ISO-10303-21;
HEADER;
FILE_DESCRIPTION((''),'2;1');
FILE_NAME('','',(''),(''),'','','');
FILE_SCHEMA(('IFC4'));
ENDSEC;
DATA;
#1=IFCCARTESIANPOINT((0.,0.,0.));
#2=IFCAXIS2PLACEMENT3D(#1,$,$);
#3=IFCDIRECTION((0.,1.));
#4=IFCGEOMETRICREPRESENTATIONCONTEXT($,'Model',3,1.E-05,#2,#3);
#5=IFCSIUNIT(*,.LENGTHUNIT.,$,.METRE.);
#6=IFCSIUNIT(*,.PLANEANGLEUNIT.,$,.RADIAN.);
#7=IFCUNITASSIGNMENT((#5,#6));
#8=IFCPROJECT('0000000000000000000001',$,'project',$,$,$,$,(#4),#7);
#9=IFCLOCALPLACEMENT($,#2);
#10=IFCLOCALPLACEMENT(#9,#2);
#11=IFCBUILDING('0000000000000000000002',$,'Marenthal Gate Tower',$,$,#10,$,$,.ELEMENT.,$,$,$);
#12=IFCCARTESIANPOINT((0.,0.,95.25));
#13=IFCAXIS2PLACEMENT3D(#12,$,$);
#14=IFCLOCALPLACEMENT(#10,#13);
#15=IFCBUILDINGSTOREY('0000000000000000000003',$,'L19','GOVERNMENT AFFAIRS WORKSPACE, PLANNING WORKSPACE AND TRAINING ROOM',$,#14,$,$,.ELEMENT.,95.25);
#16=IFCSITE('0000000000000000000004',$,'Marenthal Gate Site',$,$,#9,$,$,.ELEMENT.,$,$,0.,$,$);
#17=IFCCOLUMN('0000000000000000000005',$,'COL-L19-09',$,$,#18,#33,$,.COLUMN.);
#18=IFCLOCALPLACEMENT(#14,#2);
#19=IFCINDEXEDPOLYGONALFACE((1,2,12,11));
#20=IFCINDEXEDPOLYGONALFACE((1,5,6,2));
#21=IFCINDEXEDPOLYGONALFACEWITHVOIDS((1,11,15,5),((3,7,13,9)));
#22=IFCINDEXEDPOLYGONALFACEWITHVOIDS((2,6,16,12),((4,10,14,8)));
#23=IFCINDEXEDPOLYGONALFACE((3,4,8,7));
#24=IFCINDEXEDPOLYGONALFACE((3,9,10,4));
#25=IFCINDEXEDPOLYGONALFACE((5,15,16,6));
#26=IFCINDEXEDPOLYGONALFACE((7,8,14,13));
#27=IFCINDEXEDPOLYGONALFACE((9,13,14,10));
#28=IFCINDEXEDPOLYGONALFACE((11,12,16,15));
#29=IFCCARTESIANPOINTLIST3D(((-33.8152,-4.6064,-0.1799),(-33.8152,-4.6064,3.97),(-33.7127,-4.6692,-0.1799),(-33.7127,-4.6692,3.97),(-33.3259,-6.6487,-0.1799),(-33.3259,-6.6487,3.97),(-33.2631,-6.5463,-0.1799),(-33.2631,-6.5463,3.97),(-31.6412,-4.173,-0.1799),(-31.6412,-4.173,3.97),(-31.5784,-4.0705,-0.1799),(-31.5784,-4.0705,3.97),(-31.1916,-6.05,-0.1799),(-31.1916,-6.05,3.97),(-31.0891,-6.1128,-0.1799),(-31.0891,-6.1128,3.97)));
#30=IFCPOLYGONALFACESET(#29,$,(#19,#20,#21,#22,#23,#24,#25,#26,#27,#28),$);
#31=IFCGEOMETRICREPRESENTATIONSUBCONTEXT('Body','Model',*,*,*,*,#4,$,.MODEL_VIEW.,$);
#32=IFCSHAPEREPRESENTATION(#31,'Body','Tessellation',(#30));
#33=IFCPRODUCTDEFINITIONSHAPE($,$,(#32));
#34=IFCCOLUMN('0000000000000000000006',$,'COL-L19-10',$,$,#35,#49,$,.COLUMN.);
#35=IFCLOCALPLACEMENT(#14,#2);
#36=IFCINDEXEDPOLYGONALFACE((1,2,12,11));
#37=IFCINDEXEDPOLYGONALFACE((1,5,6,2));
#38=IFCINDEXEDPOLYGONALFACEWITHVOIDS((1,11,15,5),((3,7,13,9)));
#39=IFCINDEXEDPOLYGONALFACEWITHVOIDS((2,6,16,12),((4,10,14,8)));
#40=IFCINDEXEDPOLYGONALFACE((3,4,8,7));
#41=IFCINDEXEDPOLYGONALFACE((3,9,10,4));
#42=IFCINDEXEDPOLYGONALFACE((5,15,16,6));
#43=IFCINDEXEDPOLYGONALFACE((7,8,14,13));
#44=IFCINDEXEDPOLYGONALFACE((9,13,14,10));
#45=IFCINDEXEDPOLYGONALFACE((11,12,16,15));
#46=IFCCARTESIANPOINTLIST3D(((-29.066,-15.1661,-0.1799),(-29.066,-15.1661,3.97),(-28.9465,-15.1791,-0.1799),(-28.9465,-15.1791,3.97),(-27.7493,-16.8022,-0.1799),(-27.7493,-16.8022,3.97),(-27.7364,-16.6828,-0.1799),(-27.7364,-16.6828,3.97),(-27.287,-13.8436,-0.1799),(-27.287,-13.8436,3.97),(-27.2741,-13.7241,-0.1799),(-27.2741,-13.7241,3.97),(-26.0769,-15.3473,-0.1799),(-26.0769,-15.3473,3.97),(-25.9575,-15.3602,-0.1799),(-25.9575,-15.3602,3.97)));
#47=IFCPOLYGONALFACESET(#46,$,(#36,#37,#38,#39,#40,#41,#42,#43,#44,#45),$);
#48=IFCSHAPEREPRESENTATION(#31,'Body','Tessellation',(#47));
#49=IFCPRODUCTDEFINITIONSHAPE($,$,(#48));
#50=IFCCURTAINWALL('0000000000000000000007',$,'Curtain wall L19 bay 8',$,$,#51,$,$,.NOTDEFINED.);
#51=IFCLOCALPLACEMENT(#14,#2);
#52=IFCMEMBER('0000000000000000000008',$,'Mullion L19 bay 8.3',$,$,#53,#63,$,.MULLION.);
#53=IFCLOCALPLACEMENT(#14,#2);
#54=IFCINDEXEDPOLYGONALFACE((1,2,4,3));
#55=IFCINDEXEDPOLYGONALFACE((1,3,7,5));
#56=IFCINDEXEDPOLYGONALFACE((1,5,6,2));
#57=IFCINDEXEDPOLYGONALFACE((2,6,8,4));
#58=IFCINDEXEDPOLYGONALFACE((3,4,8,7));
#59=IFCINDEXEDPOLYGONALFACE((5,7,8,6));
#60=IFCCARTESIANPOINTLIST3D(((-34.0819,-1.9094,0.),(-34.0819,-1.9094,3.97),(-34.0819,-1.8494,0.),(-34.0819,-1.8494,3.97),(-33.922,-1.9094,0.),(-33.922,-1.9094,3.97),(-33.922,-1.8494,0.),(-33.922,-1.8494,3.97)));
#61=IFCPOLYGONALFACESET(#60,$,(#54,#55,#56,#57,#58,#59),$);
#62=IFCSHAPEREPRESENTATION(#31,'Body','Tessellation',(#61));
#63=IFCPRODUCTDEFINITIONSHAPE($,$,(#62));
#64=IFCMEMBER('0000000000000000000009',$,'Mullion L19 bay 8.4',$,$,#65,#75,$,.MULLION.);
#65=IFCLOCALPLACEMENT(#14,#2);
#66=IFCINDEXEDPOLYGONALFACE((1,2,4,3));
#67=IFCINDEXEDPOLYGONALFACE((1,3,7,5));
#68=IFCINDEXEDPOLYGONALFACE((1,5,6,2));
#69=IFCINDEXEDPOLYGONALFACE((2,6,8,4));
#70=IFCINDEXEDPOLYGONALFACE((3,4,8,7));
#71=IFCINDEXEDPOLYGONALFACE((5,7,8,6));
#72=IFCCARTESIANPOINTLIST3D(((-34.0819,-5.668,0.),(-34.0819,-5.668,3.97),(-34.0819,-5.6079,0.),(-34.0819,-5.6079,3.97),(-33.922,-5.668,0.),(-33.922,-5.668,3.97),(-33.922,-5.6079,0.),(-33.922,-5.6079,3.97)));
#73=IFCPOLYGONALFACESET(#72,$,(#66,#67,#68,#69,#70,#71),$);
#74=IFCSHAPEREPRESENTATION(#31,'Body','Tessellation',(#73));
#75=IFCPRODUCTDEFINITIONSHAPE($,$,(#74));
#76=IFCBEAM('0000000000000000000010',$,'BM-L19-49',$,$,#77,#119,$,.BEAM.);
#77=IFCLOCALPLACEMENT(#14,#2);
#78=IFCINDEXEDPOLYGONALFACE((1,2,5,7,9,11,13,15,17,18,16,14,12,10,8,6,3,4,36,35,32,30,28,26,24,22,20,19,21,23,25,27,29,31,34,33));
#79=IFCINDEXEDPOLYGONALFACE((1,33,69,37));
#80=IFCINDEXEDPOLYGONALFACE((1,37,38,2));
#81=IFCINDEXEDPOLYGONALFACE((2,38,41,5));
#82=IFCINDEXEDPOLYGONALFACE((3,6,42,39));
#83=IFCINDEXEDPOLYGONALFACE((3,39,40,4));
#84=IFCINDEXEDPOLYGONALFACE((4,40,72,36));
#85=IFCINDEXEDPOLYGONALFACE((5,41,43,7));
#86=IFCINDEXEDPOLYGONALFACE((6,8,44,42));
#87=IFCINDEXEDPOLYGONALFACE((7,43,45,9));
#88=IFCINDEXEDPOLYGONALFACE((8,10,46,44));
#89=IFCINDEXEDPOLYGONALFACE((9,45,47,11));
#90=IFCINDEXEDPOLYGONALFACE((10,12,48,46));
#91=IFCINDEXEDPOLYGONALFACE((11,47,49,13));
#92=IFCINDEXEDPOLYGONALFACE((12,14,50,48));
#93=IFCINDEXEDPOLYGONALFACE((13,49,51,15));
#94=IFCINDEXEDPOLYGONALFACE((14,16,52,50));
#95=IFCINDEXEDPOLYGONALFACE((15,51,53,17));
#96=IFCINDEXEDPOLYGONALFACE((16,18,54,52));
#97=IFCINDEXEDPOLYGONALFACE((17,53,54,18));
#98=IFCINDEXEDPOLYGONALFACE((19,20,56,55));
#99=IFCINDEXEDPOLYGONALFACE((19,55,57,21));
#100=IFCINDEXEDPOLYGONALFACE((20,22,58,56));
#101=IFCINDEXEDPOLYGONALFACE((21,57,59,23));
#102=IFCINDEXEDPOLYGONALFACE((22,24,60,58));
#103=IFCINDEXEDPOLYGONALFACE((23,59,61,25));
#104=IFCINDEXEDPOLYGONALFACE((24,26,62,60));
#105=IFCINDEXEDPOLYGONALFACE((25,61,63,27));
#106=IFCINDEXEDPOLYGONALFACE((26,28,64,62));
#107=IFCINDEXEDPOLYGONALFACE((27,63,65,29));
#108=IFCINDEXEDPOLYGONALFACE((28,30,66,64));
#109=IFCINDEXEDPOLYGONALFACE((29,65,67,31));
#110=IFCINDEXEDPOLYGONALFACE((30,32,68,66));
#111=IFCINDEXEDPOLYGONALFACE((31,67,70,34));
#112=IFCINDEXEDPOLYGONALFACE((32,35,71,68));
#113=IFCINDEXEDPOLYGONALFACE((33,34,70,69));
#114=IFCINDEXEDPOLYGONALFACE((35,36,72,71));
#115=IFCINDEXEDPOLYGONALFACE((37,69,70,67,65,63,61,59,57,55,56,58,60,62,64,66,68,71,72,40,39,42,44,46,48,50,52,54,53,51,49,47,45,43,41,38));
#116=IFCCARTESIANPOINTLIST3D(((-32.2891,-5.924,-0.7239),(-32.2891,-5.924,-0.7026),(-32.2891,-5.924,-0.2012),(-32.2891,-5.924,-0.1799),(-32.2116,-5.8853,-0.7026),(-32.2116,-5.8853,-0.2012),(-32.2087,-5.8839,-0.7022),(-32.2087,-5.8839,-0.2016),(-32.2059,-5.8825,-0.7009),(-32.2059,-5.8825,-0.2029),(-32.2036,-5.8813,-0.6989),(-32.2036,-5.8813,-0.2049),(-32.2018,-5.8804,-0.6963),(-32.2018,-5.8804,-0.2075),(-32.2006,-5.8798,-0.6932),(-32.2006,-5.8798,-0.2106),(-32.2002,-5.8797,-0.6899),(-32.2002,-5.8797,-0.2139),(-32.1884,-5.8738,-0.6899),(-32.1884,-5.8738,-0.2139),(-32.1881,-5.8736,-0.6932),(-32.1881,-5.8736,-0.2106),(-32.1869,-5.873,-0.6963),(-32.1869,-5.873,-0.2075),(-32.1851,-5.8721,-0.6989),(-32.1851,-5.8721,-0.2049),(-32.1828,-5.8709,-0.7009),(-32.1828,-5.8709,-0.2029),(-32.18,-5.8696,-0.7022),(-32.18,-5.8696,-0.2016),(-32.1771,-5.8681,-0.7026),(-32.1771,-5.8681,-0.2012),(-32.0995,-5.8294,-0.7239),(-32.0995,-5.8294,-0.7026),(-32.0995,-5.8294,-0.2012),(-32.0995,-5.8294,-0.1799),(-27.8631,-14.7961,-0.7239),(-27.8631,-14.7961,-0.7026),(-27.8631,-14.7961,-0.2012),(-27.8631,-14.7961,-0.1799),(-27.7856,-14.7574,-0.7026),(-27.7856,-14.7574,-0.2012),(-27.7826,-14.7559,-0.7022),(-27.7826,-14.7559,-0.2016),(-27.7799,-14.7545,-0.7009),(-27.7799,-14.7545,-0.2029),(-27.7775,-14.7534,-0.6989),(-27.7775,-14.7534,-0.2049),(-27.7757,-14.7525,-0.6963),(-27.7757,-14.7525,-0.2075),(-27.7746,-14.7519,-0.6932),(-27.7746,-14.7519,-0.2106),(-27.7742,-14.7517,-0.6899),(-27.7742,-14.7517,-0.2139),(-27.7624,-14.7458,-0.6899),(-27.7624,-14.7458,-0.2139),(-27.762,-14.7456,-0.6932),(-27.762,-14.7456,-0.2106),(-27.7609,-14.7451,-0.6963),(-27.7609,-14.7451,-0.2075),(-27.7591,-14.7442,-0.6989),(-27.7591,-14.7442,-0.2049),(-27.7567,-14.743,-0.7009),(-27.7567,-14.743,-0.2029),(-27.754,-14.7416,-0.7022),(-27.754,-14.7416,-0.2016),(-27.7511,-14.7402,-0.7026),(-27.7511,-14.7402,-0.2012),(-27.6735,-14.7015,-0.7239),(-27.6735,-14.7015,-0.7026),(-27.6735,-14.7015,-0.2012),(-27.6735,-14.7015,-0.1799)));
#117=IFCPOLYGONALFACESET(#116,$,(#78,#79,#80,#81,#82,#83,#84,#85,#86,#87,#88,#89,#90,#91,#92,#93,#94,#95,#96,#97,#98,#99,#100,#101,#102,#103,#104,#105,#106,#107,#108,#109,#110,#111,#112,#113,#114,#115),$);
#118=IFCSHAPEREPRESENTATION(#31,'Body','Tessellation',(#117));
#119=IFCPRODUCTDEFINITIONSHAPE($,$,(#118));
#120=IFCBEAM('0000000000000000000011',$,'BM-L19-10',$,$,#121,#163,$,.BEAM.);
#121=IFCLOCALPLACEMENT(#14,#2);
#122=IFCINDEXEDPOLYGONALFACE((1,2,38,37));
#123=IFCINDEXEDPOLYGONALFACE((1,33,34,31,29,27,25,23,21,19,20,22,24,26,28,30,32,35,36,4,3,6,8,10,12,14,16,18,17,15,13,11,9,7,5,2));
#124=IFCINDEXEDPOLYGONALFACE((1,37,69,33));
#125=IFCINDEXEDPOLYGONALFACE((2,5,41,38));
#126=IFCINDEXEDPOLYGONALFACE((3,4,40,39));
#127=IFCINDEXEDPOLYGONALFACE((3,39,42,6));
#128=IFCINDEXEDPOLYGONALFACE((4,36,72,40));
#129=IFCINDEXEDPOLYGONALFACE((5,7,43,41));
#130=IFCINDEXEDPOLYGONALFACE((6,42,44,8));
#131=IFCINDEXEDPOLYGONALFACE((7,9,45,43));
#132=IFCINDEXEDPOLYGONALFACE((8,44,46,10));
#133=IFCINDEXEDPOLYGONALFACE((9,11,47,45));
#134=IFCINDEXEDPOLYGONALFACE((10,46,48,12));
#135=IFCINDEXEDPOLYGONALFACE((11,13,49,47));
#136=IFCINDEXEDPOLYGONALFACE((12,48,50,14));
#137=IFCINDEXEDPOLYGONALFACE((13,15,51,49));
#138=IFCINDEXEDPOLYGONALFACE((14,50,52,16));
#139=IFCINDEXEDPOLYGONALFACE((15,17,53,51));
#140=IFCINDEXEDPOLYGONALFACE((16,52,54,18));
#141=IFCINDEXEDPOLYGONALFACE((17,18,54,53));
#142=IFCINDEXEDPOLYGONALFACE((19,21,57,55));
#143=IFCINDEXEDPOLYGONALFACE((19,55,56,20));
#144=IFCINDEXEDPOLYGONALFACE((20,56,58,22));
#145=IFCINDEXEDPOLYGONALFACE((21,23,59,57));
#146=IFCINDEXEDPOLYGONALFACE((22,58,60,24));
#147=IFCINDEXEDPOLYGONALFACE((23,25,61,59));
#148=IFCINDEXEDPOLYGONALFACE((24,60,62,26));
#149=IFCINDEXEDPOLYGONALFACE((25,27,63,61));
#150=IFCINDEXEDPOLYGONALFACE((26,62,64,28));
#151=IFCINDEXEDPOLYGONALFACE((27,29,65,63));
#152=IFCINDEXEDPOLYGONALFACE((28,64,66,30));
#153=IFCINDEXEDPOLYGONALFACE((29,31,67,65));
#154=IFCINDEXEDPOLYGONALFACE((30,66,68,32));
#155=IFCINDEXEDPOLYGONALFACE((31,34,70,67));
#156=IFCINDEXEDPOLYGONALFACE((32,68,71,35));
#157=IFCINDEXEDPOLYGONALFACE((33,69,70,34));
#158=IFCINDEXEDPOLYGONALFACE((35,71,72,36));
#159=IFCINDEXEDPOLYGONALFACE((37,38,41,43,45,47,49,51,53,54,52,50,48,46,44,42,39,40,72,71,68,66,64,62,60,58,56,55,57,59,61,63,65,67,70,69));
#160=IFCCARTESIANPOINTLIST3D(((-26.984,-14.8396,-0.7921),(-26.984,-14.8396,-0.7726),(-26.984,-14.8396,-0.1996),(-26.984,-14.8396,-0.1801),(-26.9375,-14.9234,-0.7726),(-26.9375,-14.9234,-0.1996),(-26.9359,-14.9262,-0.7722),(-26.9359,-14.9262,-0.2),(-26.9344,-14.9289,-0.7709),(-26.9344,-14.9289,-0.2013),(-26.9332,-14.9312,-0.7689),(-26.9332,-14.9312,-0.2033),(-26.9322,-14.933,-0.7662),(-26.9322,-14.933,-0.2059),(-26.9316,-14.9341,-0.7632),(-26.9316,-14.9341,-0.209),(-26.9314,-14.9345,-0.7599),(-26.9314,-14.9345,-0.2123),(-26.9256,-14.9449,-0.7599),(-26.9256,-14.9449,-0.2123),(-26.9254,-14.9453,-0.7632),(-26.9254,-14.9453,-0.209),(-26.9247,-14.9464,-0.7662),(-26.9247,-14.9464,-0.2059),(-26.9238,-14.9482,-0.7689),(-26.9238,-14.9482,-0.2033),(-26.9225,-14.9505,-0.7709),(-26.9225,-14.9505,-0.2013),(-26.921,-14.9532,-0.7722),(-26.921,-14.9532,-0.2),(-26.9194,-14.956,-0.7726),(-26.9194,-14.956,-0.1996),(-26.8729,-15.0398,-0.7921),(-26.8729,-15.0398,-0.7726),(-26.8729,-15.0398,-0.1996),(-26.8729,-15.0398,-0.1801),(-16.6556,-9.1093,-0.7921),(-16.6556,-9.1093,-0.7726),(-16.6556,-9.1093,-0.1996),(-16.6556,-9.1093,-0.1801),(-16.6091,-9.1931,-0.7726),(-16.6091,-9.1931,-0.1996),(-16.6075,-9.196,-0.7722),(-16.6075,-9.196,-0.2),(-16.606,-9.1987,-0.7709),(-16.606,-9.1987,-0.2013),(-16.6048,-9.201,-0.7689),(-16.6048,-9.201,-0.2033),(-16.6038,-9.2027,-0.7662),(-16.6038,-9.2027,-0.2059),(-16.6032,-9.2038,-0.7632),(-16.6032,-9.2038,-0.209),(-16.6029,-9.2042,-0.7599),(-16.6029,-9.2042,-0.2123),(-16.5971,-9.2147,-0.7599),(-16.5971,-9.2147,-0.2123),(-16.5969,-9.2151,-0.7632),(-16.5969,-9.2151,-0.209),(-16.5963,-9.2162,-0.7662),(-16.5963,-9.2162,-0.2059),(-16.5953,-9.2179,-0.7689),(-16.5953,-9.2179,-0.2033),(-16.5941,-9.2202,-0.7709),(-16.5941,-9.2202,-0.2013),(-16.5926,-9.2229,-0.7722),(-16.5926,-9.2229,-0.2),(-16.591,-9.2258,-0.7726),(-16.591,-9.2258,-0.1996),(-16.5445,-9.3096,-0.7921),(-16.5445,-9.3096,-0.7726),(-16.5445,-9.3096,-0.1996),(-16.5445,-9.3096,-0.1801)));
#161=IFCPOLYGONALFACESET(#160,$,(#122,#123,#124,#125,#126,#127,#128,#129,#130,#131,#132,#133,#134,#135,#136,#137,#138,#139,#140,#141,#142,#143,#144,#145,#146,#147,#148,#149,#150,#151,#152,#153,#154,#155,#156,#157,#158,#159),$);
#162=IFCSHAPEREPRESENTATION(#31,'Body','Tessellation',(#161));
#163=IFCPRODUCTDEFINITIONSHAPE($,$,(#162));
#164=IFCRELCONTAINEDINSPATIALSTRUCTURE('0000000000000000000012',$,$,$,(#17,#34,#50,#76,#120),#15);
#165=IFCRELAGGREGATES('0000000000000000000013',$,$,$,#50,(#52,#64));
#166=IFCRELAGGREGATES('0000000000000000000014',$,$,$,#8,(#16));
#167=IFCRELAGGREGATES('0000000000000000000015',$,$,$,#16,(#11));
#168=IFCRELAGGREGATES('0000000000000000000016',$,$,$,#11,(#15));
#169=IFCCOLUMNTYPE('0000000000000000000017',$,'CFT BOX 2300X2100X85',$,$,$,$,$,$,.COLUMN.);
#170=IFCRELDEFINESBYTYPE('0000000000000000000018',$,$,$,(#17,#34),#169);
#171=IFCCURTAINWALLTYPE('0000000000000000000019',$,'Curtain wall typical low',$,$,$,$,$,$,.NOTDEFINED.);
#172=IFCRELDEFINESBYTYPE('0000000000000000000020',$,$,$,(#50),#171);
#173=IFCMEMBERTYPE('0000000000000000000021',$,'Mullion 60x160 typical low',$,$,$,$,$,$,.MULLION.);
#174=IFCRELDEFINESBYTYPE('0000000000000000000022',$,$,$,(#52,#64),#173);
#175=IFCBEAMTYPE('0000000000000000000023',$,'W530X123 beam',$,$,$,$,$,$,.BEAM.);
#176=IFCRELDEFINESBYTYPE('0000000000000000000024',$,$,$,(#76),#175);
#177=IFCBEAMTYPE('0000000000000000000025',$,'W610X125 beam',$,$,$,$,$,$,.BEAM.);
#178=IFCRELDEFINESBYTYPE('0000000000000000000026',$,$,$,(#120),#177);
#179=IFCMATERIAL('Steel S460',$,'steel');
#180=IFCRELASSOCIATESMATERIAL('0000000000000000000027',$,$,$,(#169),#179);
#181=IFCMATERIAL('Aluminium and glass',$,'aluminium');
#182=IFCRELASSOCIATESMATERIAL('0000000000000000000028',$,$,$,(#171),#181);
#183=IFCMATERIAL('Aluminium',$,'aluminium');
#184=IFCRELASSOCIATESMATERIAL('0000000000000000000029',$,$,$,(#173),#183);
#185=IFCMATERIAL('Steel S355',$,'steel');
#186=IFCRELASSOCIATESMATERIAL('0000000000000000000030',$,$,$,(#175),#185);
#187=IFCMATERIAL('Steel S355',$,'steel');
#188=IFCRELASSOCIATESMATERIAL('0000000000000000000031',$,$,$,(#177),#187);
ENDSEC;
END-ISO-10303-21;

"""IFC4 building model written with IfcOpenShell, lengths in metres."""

from ifc_helpers import new_model, si_unit, direction, frame, origin, origin_2d, place, context, subcontext, project, spatial, rectangle, hollow_rectangle, i_section, extrude, material, material_profile, profile_set, type_object, element, aggregate, save


model = new_model("IFC4")

# Units and contexts
model_context = context("Model", 3, precision=1e-05, world=origin(), true_north=direction((0.0, 1.0)))
body_context = subcontext(model_context, "Body", "Model", "MODEL_VIEW")
ifc_project = project(units=[si_unit("LENGTHUNIT", "METRE"), si_unit("PLANEANGLEUNIT", "RADIAN")], contexts=[model_context])

# Site, building, storey
site_placement = place(None, origin())
site = spatial("IfcSite", under=ifc_project, at=site_placement, Name="Marenthal Gate Site", CompositionType="ELEMENT", RefElevation=0.0)
building_placement = place(site_placement, origin())
building = spatial("IfcBuilding", under=site, at=building_placement, Name="Marenthal Gate Tower", CompositionType="ELEMENT")
storey_placement = place(building_placement, frame((0.0, 0.0, 95.25)))
storey = spatial("IfcBuildingStorey", under=building, at=storey_placement, Name="L19", Description="GOVERNMENT AFFAIRS WORKSPACE, PLANNING WORKSPACE AND TRAINING ROOM", CompositionType="ELEMENT", Elevation=95.25)

# Columns
ifc_material_1 = material(Name="Steel S460", Category="steel")
ifc_material_profile_1 = material_profile(ifc_material_1, hollow_rectangle(XDim=2.1001, YDim=2.3, WallThickness=0.085, at=origin_2d()), Name="CFT BOX 2300X2100X85")
ifc_material_2 = material(Name="Concrete 70 MPa", Category="concrete")
ifc_material_profile_2 = material_profile(ifc_material_2, rectangle(XDim=1.9299, YDim=2.1299, at=origin_2d()), Name="CFT BOX 2300X2100X85 INFILL")
ifc_profile_set_1 = profile_set([ifc_material_profile_1, ifc_material_profile_2], Name="Steel S460 shell, Concrete 70 MPa infill")
column_type = type_object("IfcColumnType", Name="CFT BOX 2300X2100X85", PredefinedType="COLUMN", material=ifc_profile_set_1)
for number, where, z_axis, x_axis, name in (
    (1, (-32.4521, -5.3596, -0.1799), (0.0, 0.0, 1.0), (-0.232974, 0.972483, 0.0), "COL-L19-09"),
    (2, (-27.5117, -15.2632, -0.1799), (0.0, 0.0, 1.0), (-0.626945, 0.779063, 0.0), "COL-L19-10"),
):
    element("IfcColumn", number, at=place(storey_placement, frame(where, z_axis=z_axis, x_axis=x_axis)), inside=storey, type_object=column_type, Name=name, PredefinedType="COLUMN", context=body_context, shape_type="SweptSolid", body=[
        extrude(hollow_rectangle(XDim=2.1001, YDim=2.3, WallThickness=0.085, at=origin_2d()), origin(), (0.0, 0.0, 1.0), 4.1499),
    ])

# Curtain wall, members
ifc_material_3 = material(Name="Aluminium and glass", Category="aluminium")
curtain_wall_type = type_object("IfcCurtainWallType", Name="Curtain wall typical low", PredefinedType="NOTDEFINED", material=ifc_material_3)
curtain_wall_placement = place(storey_placement, origin())
curtain_wall = element("IfcCurtainWall", 3, at=curtain_wall_placement, inside=storey, type_object=curtain_wall_type, Name="Curtain wall L19 bay 8", PredefinedType="NOTDEFINED")
ifc_material_4 = material(Name="Aluminium", Category="aluminium")
ifc_material_profile_3 = material_profile(ifc_material_4, rectangle(XDim=0.1599, YDim=0.0601, at=origin_2d()), Name="60x160 aluminium mullion")
ifc_profile_set_2 = profile_set([ifc_material_profile_3], Name="Aluminium")
member_type = type_object("IfcMemberType", Name="Mullion 60x160 typical low", PredefinedType="MULLION", material=ifc_profile_set_2)
member_1_placement = place(storey_placement, frame((-34.002, -1.8794, 0.0), z_axis=(0.0, 0.0, 1.0), x_axis=(1.0, 0.0, 0.0)))
member_1 = element("IfcMember", 4, at=member_1_placement, type_object=member_type, Name="Mullion L19 bay 8.3", PredefinedType="MULLION", context=body_context, shape_type="SweptSolid", body=[
    extrude(rectangle(XDim=0.1599, YDim=0.0601, at=origin_2d()), origin(), (0.0, 0.0, 1.0), 3.97),
])
member_2_placement = place(storey_placement, frame((-34.002, -5.6379, 0.0), z_axis=(0.0, 0.0, 1.0), x_axis=(1.0, 0.0, 0.0)))
member_2 = element("IfcMember", 5, at=member_2_placement, type_object=member_type, Name="Mullion L19 bay 8.4", PredefinedType="MULLION", context=body_context, shape_type="SweptSolid", body=[
    extrude(rectangle(XDim=0.1599, YDim=0.0601, at=origin_2d()), origin(), (0.0, 0.0, 1.0), 3.97),
])

# Beams
ifc_material_5 = material(Name="Steel S355", Category="steel")
ifc_material_profile_4 = material_profile(ifc_material_5, i_section(OverallWidth=0.2119, OverallDepth=0.5439, WebThickness=0.0132, FlangeThickness=0.0212, FilletRadius=0.0127, at=origin_2d()), Name="W530X123")
ifc_profile_set_3 = profile_set([ifc_material_profile_4], Name="Steel S355")
beam_type_1 = type_object("IfcBeamType", Name="W530X123 beam", PredefinedType="BEAM", material=ifc_profile_set_3)
beam_1_placement = place(storey_placement, frame((-32.1943, -5.8767, -0.4519), z_axis=(0.446406, -0.894831, 0.0), x_axis=(0.894831, 0.446406, 0.0)))
element("IfcBeam", 6, at=beam_1_placement, inside=storey, type_object=beam_type_1, Name="BM-L19-49", PredefinedType="BEAM", context=body_context, shape_type="SweptSolid", body=[
    extrude(i_section(OverallWidth=0.2119, OverallDepth=0.5439, WebThickness=0.0132, FlangeThickness=0.0212, FilletRadius=0.0127, at=origin_2d()), origin(), (0.0, 0.0, 1.0), 9.9148),
])
ifc_material_6 = material(Name="Steel S355", Category="steel")
ifc_material_profile_5 = material_profile(ifc_material_6, i_section(OverallWidth=0.229, OverallDepth=0.6121, WebThickness=0.012, FlangeThickness=0.0195, FilletRadius=0.0127, at=origin_2d()), Name="W610X125")
ifc_profile_set_4 = profile_set([ifc_material_profile_5], Name="Steel S355")
beam_type_2 = type_object("IfcBeamType", Name="W610X125 beam", PredefinedType="BEAM", material=ifc_profile_set_4)
beam_2_placement = place(storey_placement, frame((-26.9285, -14.9397, -0.4861), z_axis=(0.874436, 0.485141, 0.0), x_axis=(-0.485141, 0.874436, 0.0)))
element("IfcBeam", 7, at=beam_2_placement, inside=storey, type_object=beam_type_2, Name="BM-L19-10", PredefinedType="BEAM", context=body_context, shape_type="SweptSolid", body=[
    extrude(i_section(OverallWidth=0.229, OverallDepth=0.6121, WebThickness=0.012, FlangeThickness=0.0195, FilletRadius=0.0127, at=origin_2d()), origin(), (0.0, 0.0, 1.0), 11.8115),
])

aggregate(curtain_wall, [member_1, member_2])

save(model, "model.ifc")
